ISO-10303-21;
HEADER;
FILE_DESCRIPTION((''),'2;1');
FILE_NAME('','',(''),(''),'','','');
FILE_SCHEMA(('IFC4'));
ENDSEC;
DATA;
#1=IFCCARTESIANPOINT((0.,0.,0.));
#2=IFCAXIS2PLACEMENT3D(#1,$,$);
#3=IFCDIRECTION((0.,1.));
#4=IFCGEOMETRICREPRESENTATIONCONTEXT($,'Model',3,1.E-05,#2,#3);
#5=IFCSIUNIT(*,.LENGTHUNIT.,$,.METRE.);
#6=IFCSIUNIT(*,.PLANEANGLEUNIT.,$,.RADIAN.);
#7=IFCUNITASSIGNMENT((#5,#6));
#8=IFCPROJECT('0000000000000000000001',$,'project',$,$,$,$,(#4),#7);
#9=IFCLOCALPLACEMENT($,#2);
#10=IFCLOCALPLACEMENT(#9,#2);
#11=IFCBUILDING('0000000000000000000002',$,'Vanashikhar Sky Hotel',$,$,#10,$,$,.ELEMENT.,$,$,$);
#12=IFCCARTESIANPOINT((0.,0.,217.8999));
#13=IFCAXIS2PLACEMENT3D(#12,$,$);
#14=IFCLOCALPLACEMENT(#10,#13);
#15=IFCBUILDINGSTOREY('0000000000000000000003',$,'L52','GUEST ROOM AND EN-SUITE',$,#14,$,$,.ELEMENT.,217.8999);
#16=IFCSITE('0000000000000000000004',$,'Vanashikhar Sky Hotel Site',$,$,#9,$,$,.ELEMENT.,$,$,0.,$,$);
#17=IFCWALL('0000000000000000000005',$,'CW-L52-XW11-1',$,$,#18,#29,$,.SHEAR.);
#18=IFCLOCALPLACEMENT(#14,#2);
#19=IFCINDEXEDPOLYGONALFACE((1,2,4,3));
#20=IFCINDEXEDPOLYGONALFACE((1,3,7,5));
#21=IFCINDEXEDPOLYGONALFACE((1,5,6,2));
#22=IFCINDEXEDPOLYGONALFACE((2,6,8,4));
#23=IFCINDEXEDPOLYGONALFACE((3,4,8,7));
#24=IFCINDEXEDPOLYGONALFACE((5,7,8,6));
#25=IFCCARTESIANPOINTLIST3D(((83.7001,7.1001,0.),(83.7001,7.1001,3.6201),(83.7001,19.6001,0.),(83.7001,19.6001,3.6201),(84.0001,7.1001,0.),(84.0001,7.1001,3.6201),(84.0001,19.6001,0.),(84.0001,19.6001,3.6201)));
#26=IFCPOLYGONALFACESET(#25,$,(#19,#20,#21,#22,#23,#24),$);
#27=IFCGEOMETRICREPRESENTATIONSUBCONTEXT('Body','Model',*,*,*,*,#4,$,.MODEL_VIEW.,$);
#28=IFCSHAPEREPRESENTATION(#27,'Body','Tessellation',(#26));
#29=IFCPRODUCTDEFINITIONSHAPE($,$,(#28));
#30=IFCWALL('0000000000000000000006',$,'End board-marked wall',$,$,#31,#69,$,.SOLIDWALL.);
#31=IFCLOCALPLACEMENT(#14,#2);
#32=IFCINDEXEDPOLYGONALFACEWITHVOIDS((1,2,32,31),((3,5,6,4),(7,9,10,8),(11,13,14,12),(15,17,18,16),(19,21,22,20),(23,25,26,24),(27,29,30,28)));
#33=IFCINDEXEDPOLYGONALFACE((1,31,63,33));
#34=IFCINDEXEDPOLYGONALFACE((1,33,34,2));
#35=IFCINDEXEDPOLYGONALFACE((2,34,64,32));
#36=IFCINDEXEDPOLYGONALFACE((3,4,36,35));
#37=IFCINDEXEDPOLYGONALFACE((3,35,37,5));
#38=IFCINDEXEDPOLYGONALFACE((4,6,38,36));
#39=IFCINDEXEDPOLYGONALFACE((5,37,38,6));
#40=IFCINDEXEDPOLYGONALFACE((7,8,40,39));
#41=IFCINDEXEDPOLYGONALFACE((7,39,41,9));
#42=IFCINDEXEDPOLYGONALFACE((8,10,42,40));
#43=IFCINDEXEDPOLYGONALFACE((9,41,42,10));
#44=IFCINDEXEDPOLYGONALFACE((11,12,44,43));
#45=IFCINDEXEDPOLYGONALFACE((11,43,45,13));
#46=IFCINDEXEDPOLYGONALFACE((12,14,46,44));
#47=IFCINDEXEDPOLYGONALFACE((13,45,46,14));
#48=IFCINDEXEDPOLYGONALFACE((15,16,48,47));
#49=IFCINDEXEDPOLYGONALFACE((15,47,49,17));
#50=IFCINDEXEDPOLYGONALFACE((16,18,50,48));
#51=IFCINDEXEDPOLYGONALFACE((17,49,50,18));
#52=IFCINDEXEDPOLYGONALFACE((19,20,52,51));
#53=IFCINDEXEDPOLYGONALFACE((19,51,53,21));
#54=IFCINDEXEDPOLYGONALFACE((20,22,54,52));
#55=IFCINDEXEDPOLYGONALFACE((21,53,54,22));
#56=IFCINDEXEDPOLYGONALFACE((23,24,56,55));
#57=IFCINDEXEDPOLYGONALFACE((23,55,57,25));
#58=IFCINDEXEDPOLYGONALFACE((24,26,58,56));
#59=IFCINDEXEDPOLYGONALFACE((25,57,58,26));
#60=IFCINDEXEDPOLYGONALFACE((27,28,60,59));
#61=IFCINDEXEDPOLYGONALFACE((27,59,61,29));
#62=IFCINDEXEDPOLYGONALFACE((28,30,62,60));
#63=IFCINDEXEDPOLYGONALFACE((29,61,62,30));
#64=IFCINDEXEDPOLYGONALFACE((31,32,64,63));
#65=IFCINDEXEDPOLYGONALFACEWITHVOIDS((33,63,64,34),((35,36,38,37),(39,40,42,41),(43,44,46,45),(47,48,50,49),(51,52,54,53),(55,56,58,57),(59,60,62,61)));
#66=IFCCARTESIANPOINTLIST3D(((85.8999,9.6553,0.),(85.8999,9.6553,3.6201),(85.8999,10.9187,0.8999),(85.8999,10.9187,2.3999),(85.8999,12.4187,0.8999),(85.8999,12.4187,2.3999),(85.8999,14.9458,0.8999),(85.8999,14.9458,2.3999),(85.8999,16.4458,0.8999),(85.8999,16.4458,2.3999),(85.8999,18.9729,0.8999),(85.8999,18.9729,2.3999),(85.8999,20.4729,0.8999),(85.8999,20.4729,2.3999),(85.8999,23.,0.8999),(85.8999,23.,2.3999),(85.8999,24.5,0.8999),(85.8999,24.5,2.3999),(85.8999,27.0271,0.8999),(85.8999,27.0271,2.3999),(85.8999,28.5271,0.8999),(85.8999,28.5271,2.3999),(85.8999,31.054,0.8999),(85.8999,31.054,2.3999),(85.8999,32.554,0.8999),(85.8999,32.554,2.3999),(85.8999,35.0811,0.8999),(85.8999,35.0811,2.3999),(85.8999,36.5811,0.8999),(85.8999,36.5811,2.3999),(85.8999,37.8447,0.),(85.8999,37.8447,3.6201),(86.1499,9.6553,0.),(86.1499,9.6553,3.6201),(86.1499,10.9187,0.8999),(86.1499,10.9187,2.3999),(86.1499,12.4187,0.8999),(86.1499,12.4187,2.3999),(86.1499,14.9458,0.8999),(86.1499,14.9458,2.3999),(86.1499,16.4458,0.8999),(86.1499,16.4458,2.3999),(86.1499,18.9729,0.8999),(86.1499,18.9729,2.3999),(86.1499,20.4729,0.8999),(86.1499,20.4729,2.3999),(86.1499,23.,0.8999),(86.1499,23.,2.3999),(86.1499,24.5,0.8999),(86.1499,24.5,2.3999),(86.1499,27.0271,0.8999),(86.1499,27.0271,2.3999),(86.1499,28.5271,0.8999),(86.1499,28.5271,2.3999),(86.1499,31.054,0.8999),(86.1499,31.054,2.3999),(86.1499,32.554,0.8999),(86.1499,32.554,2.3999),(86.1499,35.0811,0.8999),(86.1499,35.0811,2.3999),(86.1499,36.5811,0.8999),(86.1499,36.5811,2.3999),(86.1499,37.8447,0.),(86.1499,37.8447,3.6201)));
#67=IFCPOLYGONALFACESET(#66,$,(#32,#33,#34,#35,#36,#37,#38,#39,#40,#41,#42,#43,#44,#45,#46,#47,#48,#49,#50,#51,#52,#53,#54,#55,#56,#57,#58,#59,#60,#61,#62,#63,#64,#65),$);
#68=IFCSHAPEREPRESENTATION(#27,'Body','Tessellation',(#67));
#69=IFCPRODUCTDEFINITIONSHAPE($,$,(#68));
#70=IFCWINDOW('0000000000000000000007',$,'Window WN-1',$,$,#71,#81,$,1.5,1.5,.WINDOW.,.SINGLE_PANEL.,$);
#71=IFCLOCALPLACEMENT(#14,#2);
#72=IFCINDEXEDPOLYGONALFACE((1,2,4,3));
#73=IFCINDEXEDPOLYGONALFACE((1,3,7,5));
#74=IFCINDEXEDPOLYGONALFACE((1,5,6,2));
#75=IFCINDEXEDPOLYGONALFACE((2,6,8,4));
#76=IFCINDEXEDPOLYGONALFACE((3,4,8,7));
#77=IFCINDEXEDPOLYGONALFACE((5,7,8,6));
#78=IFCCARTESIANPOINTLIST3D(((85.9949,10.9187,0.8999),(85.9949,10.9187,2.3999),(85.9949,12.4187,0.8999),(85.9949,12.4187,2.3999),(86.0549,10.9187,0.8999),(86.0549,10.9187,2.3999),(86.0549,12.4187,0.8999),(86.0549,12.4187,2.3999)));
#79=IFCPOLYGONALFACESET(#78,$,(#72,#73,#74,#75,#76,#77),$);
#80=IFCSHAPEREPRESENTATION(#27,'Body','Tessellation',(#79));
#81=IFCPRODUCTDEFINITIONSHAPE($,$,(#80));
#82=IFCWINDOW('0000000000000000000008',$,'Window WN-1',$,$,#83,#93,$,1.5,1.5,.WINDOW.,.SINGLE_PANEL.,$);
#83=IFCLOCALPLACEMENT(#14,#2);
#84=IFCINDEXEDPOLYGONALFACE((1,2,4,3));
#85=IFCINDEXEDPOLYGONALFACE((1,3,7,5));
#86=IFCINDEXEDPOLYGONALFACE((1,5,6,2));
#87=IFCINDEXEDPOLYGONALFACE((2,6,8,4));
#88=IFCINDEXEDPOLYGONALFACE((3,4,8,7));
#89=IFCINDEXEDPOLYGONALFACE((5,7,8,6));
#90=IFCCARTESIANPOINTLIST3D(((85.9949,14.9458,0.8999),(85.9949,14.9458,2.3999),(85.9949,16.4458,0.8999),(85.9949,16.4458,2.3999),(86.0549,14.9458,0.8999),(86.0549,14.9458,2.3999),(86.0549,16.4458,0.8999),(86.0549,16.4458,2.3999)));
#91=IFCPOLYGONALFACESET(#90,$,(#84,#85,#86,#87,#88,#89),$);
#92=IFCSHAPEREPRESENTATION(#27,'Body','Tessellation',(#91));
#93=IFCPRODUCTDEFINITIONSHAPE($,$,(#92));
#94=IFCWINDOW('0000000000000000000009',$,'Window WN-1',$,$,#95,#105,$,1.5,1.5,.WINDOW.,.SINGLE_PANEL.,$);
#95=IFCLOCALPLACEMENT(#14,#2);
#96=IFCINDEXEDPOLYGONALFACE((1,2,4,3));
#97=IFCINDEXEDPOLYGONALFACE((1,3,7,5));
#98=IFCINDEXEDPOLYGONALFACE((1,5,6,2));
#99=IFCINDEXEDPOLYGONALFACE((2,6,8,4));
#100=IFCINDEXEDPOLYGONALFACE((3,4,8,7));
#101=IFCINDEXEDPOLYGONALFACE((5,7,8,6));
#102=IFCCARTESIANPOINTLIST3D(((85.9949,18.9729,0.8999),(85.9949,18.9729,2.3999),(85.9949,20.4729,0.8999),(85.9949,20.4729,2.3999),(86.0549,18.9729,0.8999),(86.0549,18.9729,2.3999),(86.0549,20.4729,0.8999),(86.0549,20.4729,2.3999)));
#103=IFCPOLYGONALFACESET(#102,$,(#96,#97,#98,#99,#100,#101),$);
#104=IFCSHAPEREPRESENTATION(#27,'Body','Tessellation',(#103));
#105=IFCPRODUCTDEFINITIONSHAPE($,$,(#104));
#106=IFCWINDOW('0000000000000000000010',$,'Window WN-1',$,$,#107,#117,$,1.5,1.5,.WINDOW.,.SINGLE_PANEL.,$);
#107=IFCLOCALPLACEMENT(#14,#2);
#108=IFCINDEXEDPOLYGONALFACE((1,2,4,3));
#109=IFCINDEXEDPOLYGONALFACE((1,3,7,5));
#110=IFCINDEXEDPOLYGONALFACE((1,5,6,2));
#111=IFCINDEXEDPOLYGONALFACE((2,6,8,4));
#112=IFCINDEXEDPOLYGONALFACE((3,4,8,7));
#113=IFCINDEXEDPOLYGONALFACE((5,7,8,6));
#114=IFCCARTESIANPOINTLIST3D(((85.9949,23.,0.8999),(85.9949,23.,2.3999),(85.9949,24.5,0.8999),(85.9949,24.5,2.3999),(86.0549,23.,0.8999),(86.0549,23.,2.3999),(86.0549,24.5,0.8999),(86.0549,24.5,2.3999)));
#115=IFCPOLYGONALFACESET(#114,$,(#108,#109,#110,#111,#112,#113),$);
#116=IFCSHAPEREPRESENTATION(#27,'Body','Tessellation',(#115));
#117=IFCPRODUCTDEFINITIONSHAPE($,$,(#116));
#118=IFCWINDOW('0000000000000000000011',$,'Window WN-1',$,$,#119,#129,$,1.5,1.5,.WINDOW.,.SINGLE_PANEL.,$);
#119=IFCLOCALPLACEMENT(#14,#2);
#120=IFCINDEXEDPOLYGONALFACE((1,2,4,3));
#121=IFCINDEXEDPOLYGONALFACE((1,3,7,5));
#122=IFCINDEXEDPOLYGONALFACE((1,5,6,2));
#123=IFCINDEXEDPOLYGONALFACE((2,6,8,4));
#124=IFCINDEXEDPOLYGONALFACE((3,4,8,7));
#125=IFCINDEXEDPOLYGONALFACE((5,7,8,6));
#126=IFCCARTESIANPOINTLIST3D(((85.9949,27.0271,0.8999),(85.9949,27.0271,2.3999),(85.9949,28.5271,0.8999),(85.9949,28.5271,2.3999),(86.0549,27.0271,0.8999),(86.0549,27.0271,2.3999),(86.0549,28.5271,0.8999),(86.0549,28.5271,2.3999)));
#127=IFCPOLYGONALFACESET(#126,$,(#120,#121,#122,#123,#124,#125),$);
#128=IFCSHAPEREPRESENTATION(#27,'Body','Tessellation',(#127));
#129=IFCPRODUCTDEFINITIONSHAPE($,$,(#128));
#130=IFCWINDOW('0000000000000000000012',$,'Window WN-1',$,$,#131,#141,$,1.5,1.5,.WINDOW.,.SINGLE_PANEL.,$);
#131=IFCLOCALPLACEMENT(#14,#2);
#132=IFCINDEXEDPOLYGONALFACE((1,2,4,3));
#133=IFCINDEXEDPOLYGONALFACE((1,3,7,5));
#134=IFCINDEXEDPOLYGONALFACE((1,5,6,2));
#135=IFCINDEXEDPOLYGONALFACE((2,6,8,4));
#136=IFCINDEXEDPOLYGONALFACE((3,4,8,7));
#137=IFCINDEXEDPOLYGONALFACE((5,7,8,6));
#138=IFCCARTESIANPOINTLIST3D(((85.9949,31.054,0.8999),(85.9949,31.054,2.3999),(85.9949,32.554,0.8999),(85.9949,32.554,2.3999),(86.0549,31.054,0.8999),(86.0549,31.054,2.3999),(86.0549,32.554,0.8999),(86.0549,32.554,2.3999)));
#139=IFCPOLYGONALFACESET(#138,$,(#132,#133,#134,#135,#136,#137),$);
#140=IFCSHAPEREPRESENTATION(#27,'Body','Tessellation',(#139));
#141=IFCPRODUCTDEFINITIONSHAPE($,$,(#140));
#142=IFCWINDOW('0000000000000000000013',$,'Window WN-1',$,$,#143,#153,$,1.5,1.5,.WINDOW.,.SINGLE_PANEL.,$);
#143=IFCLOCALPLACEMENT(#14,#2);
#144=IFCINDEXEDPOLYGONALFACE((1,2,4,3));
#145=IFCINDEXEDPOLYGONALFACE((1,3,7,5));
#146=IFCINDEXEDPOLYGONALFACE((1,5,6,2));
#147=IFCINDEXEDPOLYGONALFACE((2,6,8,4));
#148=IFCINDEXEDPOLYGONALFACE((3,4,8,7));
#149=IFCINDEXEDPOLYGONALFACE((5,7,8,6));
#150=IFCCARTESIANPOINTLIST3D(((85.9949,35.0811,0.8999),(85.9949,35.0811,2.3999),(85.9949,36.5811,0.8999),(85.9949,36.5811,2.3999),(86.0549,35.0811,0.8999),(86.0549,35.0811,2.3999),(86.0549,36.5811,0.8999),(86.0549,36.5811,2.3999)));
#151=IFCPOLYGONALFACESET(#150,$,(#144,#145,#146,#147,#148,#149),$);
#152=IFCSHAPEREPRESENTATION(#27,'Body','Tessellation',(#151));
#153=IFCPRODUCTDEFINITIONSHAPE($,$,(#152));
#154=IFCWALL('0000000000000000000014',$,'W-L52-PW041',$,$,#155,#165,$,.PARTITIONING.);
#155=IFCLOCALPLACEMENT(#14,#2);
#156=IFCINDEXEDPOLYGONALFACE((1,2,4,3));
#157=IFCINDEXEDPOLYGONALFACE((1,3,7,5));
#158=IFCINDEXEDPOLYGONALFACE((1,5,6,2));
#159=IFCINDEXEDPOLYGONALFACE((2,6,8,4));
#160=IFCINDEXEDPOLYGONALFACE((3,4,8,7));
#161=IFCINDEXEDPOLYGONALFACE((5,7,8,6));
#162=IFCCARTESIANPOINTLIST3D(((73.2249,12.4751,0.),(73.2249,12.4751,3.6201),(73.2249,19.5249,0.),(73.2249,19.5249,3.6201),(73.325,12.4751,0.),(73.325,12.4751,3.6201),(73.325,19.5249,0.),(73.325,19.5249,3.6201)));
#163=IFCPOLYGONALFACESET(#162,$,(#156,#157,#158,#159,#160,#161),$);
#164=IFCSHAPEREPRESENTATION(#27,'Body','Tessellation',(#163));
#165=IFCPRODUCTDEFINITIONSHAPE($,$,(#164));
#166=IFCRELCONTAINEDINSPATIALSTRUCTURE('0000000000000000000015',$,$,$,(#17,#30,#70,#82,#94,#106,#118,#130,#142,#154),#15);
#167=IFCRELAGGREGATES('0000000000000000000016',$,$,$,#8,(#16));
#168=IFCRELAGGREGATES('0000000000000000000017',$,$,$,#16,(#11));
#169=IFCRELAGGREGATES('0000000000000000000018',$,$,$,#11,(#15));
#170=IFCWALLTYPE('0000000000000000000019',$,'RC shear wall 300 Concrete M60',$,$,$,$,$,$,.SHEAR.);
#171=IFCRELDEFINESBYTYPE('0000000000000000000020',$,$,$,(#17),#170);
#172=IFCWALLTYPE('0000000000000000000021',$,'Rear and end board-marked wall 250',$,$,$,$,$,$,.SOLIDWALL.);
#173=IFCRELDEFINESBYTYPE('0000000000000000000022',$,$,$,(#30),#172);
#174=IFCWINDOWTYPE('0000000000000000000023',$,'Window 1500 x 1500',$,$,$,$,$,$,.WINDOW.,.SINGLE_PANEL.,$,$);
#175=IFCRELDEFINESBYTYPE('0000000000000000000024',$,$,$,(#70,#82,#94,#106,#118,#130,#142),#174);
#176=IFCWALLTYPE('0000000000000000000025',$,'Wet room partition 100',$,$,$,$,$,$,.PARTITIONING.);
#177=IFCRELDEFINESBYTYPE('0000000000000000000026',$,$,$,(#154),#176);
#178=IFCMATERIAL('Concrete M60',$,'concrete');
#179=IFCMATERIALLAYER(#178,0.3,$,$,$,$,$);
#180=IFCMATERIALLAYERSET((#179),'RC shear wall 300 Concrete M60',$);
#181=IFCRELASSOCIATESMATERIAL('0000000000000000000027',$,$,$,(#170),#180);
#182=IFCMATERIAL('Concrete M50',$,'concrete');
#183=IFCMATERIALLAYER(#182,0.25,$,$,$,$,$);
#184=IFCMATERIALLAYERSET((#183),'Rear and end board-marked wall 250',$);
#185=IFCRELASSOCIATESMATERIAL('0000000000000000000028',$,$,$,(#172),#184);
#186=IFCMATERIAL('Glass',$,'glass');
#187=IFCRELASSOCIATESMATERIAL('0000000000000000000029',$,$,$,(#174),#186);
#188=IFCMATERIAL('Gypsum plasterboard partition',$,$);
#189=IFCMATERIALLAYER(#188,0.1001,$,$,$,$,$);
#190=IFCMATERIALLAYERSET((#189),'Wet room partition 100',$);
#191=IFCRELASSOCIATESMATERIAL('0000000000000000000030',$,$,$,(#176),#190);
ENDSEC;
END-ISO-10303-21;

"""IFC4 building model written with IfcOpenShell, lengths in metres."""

from ifc_helpers import new_model, si_unit, direction, frame, frame_2d, origin, place, context, subcontext, project, spatial, rectangle, extrude, source, transform, mapped, material, layer, layer_set, type_object, element, fill, save


model = new_model("IFC4")

# Units and contexts
model_context = context("Model", 3, precision=1e-05, world=origin(), true_north=direction((0.0, 1.0)))
body_context = subcontext(model_context, "Body", "Model", "MODEL_VIEW")
ifc_project = project(units=[si_unit("LENGTHUNIT", "METRE"), si_unit("PLANEANGLEUNIT", "RADIAN")], contexts=[model_context])

# Site, building, storey
site_placement = place(None, origin())
site = spatial("IfcSite", under=ifc_project, at=site_placement, Name="Vanashikhar Sky Hotel Site", CompositionType="ELEMENT", RefElevation=0.0)
building_placement = place(site_placement, origin())
building = spatial("IfcBuilding", under=site, at=building_placement, Name="Vanashikhar Sky Hotel", CompositionType="ELEMENT")
storey_placement = place(building_placement, frame((0.0, 0.0, 217.8999)))
storey = spatial("IfcBuildingStorey", under=building, at=storey_placement, Name="L52", Description="GUEST ROOM AND EN-SUITE", CompositionType="ELEMENT", Elevation=217.8999)

# Wall
ifc_material_1 = material(Name="Concrete M60", Category="concrete")
ifc_layer_1 = layer(ifc_material_1, 0.3)
ifc_layer_set_1 = layer_set([ifc_layer_1], Name="RC shear wall 300 Concrete M60")
wall_type_1 = type_object("IfcWallType", Name="RC shear wall 300 Concrete M60", PredefinedType="SHEAR", material=ifc_layer_set_1)
shared_shape_1 = source(origin(), body_context, "Body", "SweptSolid", [
    extrude(rectangle(XDim=12.5, YDim=0.3, at=frame_2d((6.25, 0.0))), origin(), (0.0, 0.0, 1.0), 3.6201),
])
wall_1_placement = place(storey_placement, frame((83.8501, 7.1001, 0.0), z_axis=(0.0, 0.0, 1.0), x_axis=(0.0, 1.0, 0.0)))
element("IfcWall", 1, at=wall_1_placement, inside=storey, type_object=wall_type_1, Name="CW-L52-XW11-1", PredefinedType="SHEAR", context=body_context, shape_type="MappedRepresentation", body=[
    mapped(shared_shape_1, transform((0.0, 0.0, 0.0), scale=1.0)),
])

# Wall, openings, windows
ifc_material_2 = material(Name="Concrete M50", Category="concrete")
ifc_layer_2 = layer(ifc_material_2, 0.25)
ifc_layer_set_2 = layer_set([ifc_layer_2], Name="Rear and end board-marked wall 250")
wall_type_2 = type_object("IfcWallType", Name="Rear and end board-marked wall 250", PredefinedType="SOLIDWALL", material=ifc_layer_set_2)
shared_shape_2 = source(origin(), body_context, "Body", "SweptSolid", [
    extrude(rectangle(XDim=28.1895, YDim=0.25, at=frame_2d((14.0947, 0.0))), origin(), (0.0, 0.0, 1.0), 3.6201),
])
wall_2_placement = place(storey_placement, frame((86.0249, 9.6553, 0.0), z_axis=(0.0, 0.0, 1.0), x_axis=(0.0, 1.0, 0.0)))
wall_2 = element("IfcWall", 2, at=wall_2_placement, inside=storey, type_object=wall_type_2, Name="End board-marked wall", PredefinedType="SOLIDWALL", context=body_context, shape_type="MappedRepresentation", body=[
    mapped(shared_shape_2, transform((0.0, 0.0, 0.0), scale=1.0)),
])
shared_shape_3 = source(origin(), body_context, "Body", "SweptSolid", [
    extrude(rectangle(XDim=1.5, YDim=1.5, at=frame_2d((0.75, 0.75))), frame((0.0, 0.135, 0.0), z_axis=(0.0, -1.0, 0.0), x_axis=(1.0, 0.0, 0.0)), (0.0, 0.0, 1.0), 0.27),
])
opening_1_placement = place(wall_2_placement, frame((1.2634, 0.0, 0.8999)))
opening_1 = element("IfcOpeningElement", 3, at=opening_1_placement, cuts=wall_2, PredefinedType="OPENING", context=body_context, shape_type="MappedRepresentation", body=[
    mapped(shared_shape_3, transform((0.0, 0.0, 0.0), scale=1.0)),
])
opening_2_placement = place(wall_2_placement, frame((5.2905, 0.0, 0.8999)))
opening_2 = element("IfcOpeningElement", 4, at=opening_2_placement, cuts=wall_2, PredefinedType="OPENING", context=body_context, shape_type="MappedRepresentation", body=[
    mapped(shared_shape_3, transform((0.0, 0.0, 0.0), scale=1.0)),
])
opening_3_placement = place(wall_2_placement, frame((9.3176, 0.0, 0.8999)))
opening_3 = element("IfcOpeningElement", 5, at=opening_3_placement, cuts=wall_2, PredefinedType="OPENING", context=body_context, shape_type="MappedRepresentation", body=[
    mapped(shared_shape_3, transform((0.0, 0.0, 0.0), scale=1.0)),
])
opening_4_placement = place(wall_2_placement, frame((13.3447, 0.0, 0.8999)))
opening_4 = element("IfcOpeningElement", 6, at=opening_4_placement, cuts=wall_2, PredefinedType="OPENING", context=body_context, shape_type="MappedRepresentation", body=[
    mapped(shared_shape_3, transform((0.0, 0.0, 0.0), scale=1.0)),
])
opening_5_placement = place(wall_2_placement, frame((17.3718, 0.0, 0.8999)))
opening_5 = element("IfcOpeningElement", 7, at=opening_5_placement, cuts=wall_2, PredefinedType="OPENING", context=body_context, shape_type="MappedRepresentation", body=[
    mapped(shared_shape_3, transform((0.0, 0.0, 0.0), scale=1.0)),
])
opening_6_placement = place(wall_2_placement, frame((21.3987, 0.0, 0.8999)))
opening_6 = element("IfcOpeningElement", 8, at=opening_6_placement, cuts=wall_2, PredefinedType="OPENING", context=body_context, shape_type="MappedRepresentation", body=[
    mapped(shared_shape_3, transform((0.0, 0.0, 0.0), scale=1.0)),
])
opening_7_placement = place(wall_2_placement, frame((25.4258, 0.0, 0.8999)))
opening_7 = element("IfcOpeningElement", 9, at=opening_7_placement, cuts=wall_2, PredefinedType="OPENING", context=body_context, shape_type="MappedRepresentation", body=[
    mapped(shared_shape_3, transform((0.0, 0.0, 0.0), scale=1.0)),
])
ifc_material_3 = material(Name="Glass", Category="glass")
window_type = type_object("IfcWindowType", Name="Window 1500 x 1500", PartitioningType="SINGLE_PANEL", PredefinedType="WINDOW", material=ifc_material_3)
shared_shape_4 = source(origin(), body_context, "Body", "SweptSolid", [
    extrude(rectangle(XDim=1.5, YDim=1.5, at=frame_2d((0.75, 0.75))), frame((0.0, 0.03, 0.0), z_axis=(0.0, -1.0, 0.0), x_axis=(1.0, 0.0, 0.0)), (0.0, 0.0, 1.0), 0.0601),
])
window_1_placement = place(opening_1_placement, origin())
window_1 = element("IfcWindow", 10, at=window_1_placement, inside=storey, type_object=window_type, Name="Window WN-1", OverallHeight=1.5, OverallWidth=1.5, PartitioningType="SINGLE_PANEL", PredefinedType="WINDOW", context=body_context, shape_type="MappedRepresentation", body=[
    mapped(shared_shape_4, transform((0.0, 0.0, 0.0), scale=1.0)),
])
fill(opening_1, window_1)
window_2_placement = place(opening_2_placement, origin())
window_2 = element("IfcWindow", 11, at=window_2_placement, inside=storey, type_object=window_type, Name="Window WN-1", OverallHeight=1.5, OverallWidth=1.5, PartitioningType="SINGLE_PANEL", PredefinedType="WINDOW", context=body_context, shape_type="MappedRepresentation", body=[
    mapped(shared_shape_4, transform((0.0, 0.0, 0.0), scale=1.0)),
])
fill(opening_2, window_2)
window_3_placement = place(opening_3_placement, origin())
window_3 = element("IfcWindow", 12, at=window_3_placement, inside=storey, type_object=window_type, Name="Window WN-1", OverallHeight=1.5, OverallWidth=1.5, PartitioningType="SINGLE_PANEL", PredefinedType="WINDOW", context=body_context, shape_type="MappedRepresentation", body=[
    mapped(shared_shape_4, transform((0.0, 0.0, 0.0), scale=1.0)),
])
fill(opening_3, window_3)
window_4_placement = place(opening_4_placement, origin())
window_4 = element("IfcWindow", 13, at=window_4_placement, inside=storey, type_object=window_type, Name="Window WN-1", OverallHeight=1.5, OverallWidth=1.5, PartitioningType="SINGLE_PANEL", PredefinedType="WINDOW", context=body_context, shape_type="MappedRepresentation", body=[
    mapped(shared_shape_4, transform((0.0, 0.0, 0.0), scale=1.0)),
])
fill(opening_4, window_4)
window_5_placement = place(opening_5_placement, origin())
window_5 = element("IfcWindow", 14, at=window_5_placement, inside=storey, type_object=window_type, Name="Window WN-1", OverallHeight=1.5, OverallWidth=1.5, PartitioningType="SINGLE_PANEL", PredefinedType="WINDOW", context=body_context, shape_type="MappedRepresentation", body=[
    mapped(shared_shape_4, transform((0.0, 0.0, 0.0), scale=1.0)),
])
fill(opening_5, window_5)
window_6_placement = place(opening_6_placement, origin())
window_6 = element("IfcWindow", 15, at=window_6_placement, inside=storey, type_object=window_type, Name="Window WN-1", OverallHeight=1.5, OverallWidth=1.5, PartitioningType="SINGLE_PANEL", PredefinedType="WINDOW", context=body_context, shape_type="MappedRepresentation", body=[
    mapped(shared_shape_4, transform((0.0, 0.0, 0.0), scale=1.0)),
])
fill(opening_6, window_6)
window_7_placement = place(opening_7_placement, origin())
window_7 = element("IfcWindow", 16, at=window_7_placement, inside=storey, type_object=window_type, Name="Window WN-1", OverallHeight=1.5, OverallWidth=1.5, PartitioningType="SINGLE_PANEL", PredefinedType="WINDOW", context=body_context, shape_type="MappedRepresentation", body=[
    mapped(shared_shape_4, transform((0.0, 0.0, 0.0), scale=1.0)),
])
fill(opening_7, window_7)

# Wall
ifc_material_4 = material(Name="Gypsum plasterboard partition")
ifc_layer_3 = layer(ifc_material_4, 0.1001)
ifc_layer_set_3 = layer_set([ifc_layer_3], Name="Wet room partition 100")
wall_type_3 = type_object("IfcWallType", Name="Wet room partition 100", PredefinedType="PARTITIONING", material=ifc_layer_set_3)
shared_shape_5 = source(origin(), body_context, "Body", "SweptSolid", [
    extrude(rectangle(XDim=7.0498, YDim=0.1001, at=frame_2d((3.5249, 0.0))), origin(), (0.0, 0.0, 1.0), 3.6201),
])
for number, where, z_axis, x_axis, name in (
    (17, (73.2749, 12.4751, 0.0), (0.0, 0.0, 1.0), (0.0, 1.0, 0.0), "W-L52-PW041"),
):
    element("IfcWall", number, at=place(storey_placement, frame(where, z_axis=z_axis, x_axis=x_axis)), inside=storey, type_object=wall_type_3, Name=name, PredefinedType="PARTITIONING", context=body_context, shape_type="MappedRepresentation", body=[
        mapped(shared_shape_5, transform((0.0, 0.0, 0.0), scale=1.0)),
    ])

save(model, "model.ifc")
